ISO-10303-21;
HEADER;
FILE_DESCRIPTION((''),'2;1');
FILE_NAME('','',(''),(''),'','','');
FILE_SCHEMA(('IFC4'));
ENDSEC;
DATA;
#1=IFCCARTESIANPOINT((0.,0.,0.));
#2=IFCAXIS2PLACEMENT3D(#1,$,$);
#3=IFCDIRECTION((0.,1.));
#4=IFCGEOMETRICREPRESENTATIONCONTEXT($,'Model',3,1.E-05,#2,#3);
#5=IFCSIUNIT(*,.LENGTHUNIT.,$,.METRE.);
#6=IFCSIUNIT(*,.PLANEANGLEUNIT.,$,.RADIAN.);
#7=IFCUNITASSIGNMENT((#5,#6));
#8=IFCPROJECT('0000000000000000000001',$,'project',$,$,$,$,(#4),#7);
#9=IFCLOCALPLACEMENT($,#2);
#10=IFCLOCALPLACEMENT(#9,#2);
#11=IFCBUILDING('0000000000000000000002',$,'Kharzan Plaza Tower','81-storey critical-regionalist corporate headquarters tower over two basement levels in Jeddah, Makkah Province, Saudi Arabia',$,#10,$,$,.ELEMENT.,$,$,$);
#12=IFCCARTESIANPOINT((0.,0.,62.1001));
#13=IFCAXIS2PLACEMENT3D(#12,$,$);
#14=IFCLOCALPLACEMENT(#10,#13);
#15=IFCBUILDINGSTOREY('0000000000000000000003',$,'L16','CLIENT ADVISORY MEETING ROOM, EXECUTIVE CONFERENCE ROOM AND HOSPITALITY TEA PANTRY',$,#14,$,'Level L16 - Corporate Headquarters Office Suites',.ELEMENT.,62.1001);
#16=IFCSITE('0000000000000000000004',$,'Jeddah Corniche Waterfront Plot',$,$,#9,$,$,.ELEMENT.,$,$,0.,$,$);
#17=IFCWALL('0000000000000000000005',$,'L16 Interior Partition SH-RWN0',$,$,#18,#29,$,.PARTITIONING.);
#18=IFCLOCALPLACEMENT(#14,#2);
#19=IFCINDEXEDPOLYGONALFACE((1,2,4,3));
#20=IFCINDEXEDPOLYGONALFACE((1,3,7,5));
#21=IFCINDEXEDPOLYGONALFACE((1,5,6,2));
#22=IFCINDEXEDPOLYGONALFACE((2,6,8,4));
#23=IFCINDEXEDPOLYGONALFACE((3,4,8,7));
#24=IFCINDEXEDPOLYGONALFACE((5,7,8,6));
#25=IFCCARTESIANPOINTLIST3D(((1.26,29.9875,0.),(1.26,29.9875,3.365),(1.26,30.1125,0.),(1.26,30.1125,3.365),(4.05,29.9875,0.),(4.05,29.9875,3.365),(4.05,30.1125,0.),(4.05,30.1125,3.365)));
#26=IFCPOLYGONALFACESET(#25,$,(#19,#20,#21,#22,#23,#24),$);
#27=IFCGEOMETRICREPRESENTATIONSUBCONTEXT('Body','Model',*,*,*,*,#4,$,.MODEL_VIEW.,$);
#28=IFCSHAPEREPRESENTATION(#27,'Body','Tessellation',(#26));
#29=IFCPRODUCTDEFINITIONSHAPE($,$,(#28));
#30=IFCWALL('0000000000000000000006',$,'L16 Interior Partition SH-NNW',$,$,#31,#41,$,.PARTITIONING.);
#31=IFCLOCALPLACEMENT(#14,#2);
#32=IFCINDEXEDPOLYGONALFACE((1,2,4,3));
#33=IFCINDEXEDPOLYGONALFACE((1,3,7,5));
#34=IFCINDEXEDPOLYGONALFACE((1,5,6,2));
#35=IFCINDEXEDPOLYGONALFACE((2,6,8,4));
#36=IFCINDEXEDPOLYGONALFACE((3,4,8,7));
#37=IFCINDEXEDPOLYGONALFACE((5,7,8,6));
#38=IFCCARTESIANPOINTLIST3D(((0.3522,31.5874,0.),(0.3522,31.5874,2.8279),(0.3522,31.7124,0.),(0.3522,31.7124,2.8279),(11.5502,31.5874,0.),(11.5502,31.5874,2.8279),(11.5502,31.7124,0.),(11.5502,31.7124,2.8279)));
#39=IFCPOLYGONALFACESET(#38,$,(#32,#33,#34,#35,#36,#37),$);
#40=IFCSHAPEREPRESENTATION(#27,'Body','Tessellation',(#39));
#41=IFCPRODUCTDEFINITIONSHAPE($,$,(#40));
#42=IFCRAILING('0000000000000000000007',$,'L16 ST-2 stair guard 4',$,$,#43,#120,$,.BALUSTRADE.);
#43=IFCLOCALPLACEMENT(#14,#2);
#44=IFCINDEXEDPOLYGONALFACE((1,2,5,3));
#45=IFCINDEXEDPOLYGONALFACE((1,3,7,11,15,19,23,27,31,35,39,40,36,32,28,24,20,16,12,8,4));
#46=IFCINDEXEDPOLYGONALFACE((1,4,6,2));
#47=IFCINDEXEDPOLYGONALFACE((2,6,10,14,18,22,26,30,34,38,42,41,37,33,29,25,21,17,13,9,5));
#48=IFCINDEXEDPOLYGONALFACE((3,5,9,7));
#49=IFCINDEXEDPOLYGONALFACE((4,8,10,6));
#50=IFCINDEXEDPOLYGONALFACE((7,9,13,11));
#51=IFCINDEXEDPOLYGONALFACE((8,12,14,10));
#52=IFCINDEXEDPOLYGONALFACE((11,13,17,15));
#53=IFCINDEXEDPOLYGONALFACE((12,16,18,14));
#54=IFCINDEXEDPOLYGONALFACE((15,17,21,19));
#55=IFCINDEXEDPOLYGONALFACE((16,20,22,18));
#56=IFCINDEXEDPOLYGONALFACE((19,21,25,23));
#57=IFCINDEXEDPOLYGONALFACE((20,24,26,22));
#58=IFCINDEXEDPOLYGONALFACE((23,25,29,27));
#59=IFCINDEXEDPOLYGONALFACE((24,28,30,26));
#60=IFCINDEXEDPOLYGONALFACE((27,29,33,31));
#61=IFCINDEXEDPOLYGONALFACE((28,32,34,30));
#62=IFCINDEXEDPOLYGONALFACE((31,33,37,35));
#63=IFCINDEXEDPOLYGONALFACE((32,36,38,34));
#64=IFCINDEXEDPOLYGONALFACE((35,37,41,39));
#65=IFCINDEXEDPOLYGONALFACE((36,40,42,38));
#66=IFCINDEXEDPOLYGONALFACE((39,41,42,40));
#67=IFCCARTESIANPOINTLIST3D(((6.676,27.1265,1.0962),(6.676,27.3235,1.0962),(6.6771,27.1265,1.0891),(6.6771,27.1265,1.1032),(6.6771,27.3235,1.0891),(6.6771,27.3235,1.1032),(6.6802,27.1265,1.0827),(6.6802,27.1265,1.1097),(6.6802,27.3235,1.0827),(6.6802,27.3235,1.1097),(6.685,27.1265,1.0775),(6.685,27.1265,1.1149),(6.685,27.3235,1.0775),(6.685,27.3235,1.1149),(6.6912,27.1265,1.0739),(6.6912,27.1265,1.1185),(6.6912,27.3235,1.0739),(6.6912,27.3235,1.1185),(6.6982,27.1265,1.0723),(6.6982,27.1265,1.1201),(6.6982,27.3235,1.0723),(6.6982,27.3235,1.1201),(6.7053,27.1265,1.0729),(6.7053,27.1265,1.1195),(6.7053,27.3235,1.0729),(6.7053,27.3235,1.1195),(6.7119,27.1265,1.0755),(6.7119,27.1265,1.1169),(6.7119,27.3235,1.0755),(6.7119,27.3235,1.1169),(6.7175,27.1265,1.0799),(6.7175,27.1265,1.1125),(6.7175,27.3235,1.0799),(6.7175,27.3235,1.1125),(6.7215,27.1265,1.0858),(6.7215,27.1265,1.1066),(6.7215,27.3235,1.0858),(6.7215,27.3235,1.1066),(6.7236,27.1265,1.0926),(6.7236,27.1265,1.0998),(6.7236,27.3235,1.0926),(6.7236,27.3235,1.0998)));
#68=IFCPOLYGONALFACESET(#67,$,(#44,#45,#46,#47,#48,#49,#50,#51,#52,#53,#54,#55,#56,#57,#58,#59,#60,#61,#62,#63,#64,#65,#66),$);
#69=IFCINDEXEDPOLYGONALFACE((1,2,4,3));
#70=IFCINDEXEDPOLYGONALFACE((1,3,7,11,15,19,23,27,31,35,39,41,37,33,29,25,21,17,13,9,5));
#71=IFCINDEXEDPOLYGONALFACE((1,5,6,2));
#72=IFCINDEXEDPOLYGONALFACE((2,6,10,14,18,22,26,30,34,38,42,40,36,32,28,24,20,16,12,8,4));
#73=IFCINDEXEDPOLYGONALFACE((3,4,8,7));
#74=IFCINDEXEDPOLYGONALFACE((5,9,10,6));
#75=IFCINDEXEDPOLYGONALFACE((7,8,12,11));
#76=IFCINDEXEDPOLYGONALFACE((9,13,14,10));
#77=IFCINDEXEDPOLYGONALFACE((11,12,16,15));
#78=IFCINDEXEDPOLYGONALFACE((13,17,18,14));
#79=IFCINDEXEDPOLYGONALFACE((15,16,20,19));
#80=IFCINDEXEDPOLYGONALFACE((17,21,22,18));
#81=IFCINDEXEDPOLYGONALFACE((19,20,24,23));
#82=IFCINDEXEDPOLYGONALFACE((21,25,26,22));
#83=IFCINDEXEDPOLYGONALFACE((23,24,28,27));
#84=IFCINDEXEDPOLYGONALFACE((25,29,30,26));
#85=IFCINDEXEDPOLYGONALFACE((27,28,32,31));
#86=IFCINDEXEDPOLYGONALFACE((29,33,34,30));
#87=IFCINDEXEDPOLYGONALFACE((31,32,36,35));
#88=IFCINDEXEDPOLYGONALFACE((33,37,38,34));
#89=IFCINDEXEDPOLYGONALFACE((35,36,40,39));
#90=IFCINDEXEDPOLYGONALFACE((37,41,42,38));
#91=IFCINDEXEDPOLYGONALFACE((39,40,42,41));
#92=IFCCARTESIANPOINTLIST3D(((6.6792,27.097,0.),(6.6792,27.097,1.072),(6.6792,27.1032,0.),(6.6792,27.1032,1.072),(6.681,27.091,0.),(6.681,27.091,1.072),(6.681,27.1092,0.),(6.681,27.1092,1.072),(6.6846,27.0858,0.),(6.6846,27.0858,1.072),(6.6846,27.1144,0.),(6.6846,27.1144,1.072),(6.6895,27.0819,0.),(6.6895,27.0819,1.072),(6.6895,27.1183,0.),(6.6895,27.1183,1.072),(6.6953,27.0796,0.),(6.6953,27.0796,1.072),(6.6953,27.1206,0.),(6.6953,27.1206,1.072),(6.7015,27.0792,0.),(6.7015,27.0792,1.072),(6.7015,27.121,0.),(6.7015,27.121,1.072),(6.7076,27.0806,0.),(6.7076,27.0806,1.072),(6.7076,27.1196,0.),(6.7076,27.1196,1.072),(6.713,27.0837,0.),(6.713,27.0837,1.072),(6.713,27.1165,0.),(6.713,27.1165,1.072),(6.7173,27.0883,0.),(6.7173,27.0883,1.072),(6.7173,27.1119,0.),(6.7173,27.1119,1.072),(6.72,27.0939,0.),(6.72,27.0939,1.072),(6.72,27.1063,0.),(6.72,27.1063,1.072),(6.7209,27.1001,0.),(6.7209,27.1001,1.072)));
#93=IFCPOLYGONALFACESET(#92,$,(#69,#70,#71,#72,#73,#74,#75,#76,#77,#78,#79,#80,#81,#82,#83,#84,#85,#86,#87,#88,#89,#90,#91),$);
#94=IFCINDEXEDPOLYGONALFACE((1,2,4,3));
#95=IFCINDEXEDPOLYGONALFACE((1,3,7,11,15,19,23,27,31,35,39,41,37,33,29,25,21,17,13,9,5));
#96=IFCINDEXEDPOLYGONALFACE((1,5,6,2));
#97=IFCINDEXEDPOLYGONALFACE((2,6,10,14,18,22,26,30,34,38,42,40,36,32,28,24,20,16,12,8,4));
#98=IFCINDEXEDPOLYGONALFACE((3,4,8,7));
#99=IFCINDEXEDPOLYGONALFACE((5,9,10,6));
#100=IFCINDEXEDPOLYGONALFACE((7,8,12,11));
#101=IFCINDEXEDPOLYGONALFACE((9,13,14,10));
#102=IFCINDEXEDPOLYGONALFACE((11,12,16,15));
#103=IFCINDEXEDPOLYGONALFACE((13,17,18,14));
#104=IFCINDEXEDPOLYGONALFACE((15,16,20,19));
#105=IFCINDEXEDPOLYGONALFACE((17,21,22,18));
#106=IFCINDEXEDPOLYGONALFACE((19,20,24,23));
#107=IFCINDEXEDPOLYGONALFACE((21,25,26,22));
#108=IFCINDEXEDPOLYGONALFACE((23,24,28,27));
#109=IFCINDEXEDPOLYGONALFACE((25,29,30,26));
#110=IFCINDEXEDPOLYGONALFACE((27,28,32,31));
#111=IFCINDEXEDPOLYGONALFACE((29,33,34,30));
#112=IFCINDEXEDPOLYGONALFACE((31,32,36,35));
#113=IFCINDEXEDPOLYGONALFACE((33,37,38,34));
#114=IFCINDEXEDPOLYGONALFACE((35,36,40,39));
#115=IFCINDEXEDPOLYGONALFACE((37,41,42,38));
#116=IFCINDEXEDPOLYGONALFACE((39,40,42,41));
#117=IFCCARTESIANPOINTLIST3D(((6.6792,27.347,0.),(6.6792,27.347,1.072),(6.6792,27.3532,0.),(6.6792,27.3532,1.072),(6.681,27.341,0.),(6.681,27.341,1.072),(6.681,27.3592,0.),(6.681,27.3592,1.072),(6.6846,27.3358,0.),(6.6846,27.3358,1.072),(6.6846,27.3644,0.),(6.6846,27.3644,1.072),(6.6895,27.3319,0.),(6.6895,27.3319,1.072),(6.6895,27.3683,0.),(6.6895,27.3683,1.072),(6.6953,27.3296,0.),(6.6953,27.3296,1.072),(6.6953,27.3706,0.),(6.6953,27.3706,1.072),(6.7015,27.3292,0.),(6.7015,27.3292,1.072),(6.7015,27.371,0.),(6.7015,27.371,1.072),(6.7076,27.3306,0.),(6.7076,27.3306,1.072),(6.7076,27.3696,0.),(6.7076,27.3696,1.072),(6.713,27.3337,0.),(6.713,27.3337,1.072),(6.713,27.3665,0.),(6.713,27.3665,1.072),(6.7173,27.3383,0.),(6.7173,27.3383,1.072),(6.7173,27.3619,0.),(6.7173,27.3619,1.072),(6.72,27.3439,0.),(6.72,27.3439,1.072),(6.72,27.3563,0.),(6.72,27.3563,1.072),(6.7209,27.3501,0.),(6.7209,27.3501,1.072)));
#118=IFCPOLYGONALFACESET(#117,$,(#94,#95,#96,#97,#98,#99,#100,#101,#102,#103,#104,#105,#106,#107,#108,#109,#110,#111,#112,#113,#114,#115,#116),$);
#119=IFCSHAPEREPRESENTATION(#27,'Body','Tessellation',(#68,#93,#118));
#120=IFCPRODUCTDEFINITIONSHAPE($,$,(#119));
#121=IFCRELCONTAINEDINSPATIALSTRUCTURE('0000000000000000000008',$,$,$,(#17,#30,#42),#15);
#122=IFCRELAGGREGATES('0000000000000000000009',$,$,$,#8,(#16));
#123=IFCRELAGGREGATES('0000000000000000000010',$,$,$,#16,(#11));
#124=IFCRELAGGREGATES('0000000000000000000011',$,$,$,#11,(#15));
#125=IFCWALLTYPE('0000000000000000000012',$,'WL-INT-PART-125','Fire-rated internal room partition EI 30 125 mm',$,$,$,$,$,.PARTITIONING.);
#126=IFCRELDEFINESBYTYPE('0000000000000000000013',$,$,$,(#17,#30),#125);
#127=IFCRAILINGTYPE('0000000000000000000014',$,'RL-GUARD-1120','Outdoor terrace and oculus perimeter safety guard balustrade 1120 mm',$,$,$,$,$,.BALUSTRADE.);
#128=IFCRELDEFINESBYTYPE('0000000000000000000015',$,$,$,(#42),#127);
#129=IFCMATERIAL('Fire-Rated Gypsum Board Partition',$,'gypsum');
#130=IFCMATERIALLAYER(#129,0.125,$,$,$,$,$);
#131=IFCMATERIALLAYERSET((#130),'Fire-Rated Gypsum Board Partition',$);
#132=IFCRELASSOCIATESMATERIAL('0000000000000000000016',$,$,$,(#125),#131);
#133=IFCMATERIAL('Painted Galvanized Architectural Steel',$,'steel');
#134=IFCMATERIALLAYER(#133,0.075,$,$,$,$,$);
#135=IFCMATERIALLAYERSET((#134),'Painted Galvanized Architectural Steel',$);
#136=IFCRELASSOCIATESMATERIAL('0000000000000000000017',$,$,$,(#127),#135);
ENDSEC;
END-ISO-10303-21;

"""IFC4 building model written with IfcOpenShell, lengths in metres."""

from ifc_helpers import new_model, si_unit, direction, frame, frame_2d, origin, origin_2d, place, context, subcontext, project, spatial, rectangle, circle, extrude, source, transform, mapped, material, layer, layer_set, type_object, element, save


model = new_model("IFC4")

# Units and contexts
model_context = context("Model", 3, precision=1e-05, world=origin(), true_north=direction((0.0, 1.0)))
body_context = subcontext(model_context, "Body", "Model", "MODEL_VIEW")
ifc_project = project(units=[si_unit("LENGTHUNIT", "METRE"), si_unit("PLANEANGLEUNIT", "RADIAN")], contexts=[model_context])

# Site, building, storey
site_placement = place(None, origin())
site = spatial("IfcSite", under=ifc_project, at=site_placement, Name="Jeddah Corniche Waterfront Plot", CompositionType="ELEMENT", RefElevation=0.0)
building_placement = place(site_placement, origin())
building = spatial("IfcBuilding", under=site, at=building_placement, Name="Kharzan Plaza Tower", Description="81-storey critical-regionalist corporate headquarters tower over two basement levels in Jeddah, Makkah Province, Saudi Arabia", CompositionType="ELEMENT")
storey_placement = place(building_placement, frame((0.0, 0.0, 62.1001)))
storey = spatial("IfcBuildingStorey", under=building, at=storey_placement, Name="L16", Description="CLIENT ADVISORY MEETING ROOM, EXECUTIVE CONFERENCE ROOM AND HOSPITALITY TEA PANTRY", LongName="Level L16 - Corporate Headquarters Office Suites", CompositionType="ELEMENT", Elevation=62.1001)

# Walls
ifc_material_1 = material(Name="Fire-Rated Gypsum Board Partition", Category="gypsum")
ifc_layer_1 = layer(ifc_material_1, 0.125)
ifc_layer_set_1 = layer_set([ifc_layer_1], Name="Fire-Rated Gypsum Board Partition")
wall_type_1 = type_object("IfcWallType", Name="WL-INT-PART-125", Description="Fire-rated internal room partition EI 30 125 mm", PredefinedType="PARTITIONING", material=ifc_layer_set_1)
shared_shape_1 = source(origin(), body_context, "Body", "SweptSolid", [
    extrude(rectangle(XDim=2.79, YDim=0.125, at=frame_2d((1.395, 0.0))), origin(), (0.0, 0.0, 1.0), 3.365),
])
wall_1_placement = place(storey_placement, frame((1.26, 30.05, 0.0), z_axis=(0.0, 0.0, 1.0), x_axis=(1.0, 0.0, 0.0)))
element("IfcWall", 1, at=wall_1_placement, inside=storey, type_object=wall_type_1, Name="L16 Interior Partition SH-RWN0", PredefinedType="PARTITIONING", context=body_context, shape_type="MappedRepresentation", body=[
    mapped(shared_shape_1, transform((0.0, 0.0, 0.0), x_axis=(1.0, 0.0, 0.0), y_axis=(0.0, 1.0, 0.0), z_axis=(0.0, 0.0, 1.0))),
])
shared_shape_2 = source(origin(), body_context, "Body", "SweptSolid", [
    extrude(rectangle(XDim=11.198, YDim=0.125, at=frame_2d((5.5991, 0.0))), origin(), (0.0, 0.0, 1.0), 2.8279),
])
wall_2_placement = place(storey_placement, frame((0.3521, 31.6499, 0.0), z_axis=(0.0, 0.0, 1.0), x_axis=(1.0, 0.0, 0.0)))
element("IfcWall", 2, at=wall_2_placement, inside=storey, type_object=wall_type_1, Name="L16 Interior Partition SH-NNW", PredefinedType="PARTITIONING", context=body_context, shape_type="MappedRepresentation", body=[
    mapped(shared_shape_2, transform((0.0, 0.0, 0.0), x_axis=(1.0, 0.0, 0.0), y_axis=(0.0, 1.0, 0.0), z_axis=(0.0, 0.0, 1.0))),
])

# Railing
ifc_material_2 = material(Name="Painted Galvanized Architectural Steel", Category="steel")
ifc_layer_2 = layer(ifc_material_2, 0.075)
ifc_layer_set_2 = layer_set([ifc_layer_2], Name="Painted Galvanized Architectural Steel")
railing_type = type_object("IfcRailingType", Name="RL-GUARD-1120", Description="Outdoor terrace and oculus perimeter safety guard balustrade 1120 mm", PredefinedType="BALUSTRADE", material=ifc_layer_set_2)
shared_shape_3 = source(origin(), body_context, "Body", "SweptSolid", [
    extrude(circle(Radius=0.0239, at=origin_2d()), frame((0.0, 0.0264, 1.0962), z_axis=(0.0, 1.0, 0.0), x_axis=(-1.0, 0.0, 0.0)), (0.0, 0.0, 1.0), 0.197),
    extrude(circle(Radius=0.021, at=origin_2d()), origin(), (0.0, 0.0, 1.0), 1.072),
    extrude(circle(Radius=0.021, at=origin_2d()), frame((0.0, 0.25, 0.0)), (0.0, 0.0, 1.0), 1.072),
])
railing_placement = place(storey_placement, frame((6.7, 27.1001, 0.0)))
element("IfcRailing", 3, at=railing_placement, inside=storey, type_object=railing_type, Name="L16 ST-2 stair guard 4", PredefinedType="BALUSTRADE", context=body_context, shape_type="MappedRepresentation", body=[
    mapped(shared_shape_3, transform((0.0, 0.0, 0.0), x_axis=(1.0, 0.0, 0.0), y_axis=(0.0, 1.0, 0.0), z_axis=(0.0, 0.0, 1.0))),
])

save(model, "model.ifc")
